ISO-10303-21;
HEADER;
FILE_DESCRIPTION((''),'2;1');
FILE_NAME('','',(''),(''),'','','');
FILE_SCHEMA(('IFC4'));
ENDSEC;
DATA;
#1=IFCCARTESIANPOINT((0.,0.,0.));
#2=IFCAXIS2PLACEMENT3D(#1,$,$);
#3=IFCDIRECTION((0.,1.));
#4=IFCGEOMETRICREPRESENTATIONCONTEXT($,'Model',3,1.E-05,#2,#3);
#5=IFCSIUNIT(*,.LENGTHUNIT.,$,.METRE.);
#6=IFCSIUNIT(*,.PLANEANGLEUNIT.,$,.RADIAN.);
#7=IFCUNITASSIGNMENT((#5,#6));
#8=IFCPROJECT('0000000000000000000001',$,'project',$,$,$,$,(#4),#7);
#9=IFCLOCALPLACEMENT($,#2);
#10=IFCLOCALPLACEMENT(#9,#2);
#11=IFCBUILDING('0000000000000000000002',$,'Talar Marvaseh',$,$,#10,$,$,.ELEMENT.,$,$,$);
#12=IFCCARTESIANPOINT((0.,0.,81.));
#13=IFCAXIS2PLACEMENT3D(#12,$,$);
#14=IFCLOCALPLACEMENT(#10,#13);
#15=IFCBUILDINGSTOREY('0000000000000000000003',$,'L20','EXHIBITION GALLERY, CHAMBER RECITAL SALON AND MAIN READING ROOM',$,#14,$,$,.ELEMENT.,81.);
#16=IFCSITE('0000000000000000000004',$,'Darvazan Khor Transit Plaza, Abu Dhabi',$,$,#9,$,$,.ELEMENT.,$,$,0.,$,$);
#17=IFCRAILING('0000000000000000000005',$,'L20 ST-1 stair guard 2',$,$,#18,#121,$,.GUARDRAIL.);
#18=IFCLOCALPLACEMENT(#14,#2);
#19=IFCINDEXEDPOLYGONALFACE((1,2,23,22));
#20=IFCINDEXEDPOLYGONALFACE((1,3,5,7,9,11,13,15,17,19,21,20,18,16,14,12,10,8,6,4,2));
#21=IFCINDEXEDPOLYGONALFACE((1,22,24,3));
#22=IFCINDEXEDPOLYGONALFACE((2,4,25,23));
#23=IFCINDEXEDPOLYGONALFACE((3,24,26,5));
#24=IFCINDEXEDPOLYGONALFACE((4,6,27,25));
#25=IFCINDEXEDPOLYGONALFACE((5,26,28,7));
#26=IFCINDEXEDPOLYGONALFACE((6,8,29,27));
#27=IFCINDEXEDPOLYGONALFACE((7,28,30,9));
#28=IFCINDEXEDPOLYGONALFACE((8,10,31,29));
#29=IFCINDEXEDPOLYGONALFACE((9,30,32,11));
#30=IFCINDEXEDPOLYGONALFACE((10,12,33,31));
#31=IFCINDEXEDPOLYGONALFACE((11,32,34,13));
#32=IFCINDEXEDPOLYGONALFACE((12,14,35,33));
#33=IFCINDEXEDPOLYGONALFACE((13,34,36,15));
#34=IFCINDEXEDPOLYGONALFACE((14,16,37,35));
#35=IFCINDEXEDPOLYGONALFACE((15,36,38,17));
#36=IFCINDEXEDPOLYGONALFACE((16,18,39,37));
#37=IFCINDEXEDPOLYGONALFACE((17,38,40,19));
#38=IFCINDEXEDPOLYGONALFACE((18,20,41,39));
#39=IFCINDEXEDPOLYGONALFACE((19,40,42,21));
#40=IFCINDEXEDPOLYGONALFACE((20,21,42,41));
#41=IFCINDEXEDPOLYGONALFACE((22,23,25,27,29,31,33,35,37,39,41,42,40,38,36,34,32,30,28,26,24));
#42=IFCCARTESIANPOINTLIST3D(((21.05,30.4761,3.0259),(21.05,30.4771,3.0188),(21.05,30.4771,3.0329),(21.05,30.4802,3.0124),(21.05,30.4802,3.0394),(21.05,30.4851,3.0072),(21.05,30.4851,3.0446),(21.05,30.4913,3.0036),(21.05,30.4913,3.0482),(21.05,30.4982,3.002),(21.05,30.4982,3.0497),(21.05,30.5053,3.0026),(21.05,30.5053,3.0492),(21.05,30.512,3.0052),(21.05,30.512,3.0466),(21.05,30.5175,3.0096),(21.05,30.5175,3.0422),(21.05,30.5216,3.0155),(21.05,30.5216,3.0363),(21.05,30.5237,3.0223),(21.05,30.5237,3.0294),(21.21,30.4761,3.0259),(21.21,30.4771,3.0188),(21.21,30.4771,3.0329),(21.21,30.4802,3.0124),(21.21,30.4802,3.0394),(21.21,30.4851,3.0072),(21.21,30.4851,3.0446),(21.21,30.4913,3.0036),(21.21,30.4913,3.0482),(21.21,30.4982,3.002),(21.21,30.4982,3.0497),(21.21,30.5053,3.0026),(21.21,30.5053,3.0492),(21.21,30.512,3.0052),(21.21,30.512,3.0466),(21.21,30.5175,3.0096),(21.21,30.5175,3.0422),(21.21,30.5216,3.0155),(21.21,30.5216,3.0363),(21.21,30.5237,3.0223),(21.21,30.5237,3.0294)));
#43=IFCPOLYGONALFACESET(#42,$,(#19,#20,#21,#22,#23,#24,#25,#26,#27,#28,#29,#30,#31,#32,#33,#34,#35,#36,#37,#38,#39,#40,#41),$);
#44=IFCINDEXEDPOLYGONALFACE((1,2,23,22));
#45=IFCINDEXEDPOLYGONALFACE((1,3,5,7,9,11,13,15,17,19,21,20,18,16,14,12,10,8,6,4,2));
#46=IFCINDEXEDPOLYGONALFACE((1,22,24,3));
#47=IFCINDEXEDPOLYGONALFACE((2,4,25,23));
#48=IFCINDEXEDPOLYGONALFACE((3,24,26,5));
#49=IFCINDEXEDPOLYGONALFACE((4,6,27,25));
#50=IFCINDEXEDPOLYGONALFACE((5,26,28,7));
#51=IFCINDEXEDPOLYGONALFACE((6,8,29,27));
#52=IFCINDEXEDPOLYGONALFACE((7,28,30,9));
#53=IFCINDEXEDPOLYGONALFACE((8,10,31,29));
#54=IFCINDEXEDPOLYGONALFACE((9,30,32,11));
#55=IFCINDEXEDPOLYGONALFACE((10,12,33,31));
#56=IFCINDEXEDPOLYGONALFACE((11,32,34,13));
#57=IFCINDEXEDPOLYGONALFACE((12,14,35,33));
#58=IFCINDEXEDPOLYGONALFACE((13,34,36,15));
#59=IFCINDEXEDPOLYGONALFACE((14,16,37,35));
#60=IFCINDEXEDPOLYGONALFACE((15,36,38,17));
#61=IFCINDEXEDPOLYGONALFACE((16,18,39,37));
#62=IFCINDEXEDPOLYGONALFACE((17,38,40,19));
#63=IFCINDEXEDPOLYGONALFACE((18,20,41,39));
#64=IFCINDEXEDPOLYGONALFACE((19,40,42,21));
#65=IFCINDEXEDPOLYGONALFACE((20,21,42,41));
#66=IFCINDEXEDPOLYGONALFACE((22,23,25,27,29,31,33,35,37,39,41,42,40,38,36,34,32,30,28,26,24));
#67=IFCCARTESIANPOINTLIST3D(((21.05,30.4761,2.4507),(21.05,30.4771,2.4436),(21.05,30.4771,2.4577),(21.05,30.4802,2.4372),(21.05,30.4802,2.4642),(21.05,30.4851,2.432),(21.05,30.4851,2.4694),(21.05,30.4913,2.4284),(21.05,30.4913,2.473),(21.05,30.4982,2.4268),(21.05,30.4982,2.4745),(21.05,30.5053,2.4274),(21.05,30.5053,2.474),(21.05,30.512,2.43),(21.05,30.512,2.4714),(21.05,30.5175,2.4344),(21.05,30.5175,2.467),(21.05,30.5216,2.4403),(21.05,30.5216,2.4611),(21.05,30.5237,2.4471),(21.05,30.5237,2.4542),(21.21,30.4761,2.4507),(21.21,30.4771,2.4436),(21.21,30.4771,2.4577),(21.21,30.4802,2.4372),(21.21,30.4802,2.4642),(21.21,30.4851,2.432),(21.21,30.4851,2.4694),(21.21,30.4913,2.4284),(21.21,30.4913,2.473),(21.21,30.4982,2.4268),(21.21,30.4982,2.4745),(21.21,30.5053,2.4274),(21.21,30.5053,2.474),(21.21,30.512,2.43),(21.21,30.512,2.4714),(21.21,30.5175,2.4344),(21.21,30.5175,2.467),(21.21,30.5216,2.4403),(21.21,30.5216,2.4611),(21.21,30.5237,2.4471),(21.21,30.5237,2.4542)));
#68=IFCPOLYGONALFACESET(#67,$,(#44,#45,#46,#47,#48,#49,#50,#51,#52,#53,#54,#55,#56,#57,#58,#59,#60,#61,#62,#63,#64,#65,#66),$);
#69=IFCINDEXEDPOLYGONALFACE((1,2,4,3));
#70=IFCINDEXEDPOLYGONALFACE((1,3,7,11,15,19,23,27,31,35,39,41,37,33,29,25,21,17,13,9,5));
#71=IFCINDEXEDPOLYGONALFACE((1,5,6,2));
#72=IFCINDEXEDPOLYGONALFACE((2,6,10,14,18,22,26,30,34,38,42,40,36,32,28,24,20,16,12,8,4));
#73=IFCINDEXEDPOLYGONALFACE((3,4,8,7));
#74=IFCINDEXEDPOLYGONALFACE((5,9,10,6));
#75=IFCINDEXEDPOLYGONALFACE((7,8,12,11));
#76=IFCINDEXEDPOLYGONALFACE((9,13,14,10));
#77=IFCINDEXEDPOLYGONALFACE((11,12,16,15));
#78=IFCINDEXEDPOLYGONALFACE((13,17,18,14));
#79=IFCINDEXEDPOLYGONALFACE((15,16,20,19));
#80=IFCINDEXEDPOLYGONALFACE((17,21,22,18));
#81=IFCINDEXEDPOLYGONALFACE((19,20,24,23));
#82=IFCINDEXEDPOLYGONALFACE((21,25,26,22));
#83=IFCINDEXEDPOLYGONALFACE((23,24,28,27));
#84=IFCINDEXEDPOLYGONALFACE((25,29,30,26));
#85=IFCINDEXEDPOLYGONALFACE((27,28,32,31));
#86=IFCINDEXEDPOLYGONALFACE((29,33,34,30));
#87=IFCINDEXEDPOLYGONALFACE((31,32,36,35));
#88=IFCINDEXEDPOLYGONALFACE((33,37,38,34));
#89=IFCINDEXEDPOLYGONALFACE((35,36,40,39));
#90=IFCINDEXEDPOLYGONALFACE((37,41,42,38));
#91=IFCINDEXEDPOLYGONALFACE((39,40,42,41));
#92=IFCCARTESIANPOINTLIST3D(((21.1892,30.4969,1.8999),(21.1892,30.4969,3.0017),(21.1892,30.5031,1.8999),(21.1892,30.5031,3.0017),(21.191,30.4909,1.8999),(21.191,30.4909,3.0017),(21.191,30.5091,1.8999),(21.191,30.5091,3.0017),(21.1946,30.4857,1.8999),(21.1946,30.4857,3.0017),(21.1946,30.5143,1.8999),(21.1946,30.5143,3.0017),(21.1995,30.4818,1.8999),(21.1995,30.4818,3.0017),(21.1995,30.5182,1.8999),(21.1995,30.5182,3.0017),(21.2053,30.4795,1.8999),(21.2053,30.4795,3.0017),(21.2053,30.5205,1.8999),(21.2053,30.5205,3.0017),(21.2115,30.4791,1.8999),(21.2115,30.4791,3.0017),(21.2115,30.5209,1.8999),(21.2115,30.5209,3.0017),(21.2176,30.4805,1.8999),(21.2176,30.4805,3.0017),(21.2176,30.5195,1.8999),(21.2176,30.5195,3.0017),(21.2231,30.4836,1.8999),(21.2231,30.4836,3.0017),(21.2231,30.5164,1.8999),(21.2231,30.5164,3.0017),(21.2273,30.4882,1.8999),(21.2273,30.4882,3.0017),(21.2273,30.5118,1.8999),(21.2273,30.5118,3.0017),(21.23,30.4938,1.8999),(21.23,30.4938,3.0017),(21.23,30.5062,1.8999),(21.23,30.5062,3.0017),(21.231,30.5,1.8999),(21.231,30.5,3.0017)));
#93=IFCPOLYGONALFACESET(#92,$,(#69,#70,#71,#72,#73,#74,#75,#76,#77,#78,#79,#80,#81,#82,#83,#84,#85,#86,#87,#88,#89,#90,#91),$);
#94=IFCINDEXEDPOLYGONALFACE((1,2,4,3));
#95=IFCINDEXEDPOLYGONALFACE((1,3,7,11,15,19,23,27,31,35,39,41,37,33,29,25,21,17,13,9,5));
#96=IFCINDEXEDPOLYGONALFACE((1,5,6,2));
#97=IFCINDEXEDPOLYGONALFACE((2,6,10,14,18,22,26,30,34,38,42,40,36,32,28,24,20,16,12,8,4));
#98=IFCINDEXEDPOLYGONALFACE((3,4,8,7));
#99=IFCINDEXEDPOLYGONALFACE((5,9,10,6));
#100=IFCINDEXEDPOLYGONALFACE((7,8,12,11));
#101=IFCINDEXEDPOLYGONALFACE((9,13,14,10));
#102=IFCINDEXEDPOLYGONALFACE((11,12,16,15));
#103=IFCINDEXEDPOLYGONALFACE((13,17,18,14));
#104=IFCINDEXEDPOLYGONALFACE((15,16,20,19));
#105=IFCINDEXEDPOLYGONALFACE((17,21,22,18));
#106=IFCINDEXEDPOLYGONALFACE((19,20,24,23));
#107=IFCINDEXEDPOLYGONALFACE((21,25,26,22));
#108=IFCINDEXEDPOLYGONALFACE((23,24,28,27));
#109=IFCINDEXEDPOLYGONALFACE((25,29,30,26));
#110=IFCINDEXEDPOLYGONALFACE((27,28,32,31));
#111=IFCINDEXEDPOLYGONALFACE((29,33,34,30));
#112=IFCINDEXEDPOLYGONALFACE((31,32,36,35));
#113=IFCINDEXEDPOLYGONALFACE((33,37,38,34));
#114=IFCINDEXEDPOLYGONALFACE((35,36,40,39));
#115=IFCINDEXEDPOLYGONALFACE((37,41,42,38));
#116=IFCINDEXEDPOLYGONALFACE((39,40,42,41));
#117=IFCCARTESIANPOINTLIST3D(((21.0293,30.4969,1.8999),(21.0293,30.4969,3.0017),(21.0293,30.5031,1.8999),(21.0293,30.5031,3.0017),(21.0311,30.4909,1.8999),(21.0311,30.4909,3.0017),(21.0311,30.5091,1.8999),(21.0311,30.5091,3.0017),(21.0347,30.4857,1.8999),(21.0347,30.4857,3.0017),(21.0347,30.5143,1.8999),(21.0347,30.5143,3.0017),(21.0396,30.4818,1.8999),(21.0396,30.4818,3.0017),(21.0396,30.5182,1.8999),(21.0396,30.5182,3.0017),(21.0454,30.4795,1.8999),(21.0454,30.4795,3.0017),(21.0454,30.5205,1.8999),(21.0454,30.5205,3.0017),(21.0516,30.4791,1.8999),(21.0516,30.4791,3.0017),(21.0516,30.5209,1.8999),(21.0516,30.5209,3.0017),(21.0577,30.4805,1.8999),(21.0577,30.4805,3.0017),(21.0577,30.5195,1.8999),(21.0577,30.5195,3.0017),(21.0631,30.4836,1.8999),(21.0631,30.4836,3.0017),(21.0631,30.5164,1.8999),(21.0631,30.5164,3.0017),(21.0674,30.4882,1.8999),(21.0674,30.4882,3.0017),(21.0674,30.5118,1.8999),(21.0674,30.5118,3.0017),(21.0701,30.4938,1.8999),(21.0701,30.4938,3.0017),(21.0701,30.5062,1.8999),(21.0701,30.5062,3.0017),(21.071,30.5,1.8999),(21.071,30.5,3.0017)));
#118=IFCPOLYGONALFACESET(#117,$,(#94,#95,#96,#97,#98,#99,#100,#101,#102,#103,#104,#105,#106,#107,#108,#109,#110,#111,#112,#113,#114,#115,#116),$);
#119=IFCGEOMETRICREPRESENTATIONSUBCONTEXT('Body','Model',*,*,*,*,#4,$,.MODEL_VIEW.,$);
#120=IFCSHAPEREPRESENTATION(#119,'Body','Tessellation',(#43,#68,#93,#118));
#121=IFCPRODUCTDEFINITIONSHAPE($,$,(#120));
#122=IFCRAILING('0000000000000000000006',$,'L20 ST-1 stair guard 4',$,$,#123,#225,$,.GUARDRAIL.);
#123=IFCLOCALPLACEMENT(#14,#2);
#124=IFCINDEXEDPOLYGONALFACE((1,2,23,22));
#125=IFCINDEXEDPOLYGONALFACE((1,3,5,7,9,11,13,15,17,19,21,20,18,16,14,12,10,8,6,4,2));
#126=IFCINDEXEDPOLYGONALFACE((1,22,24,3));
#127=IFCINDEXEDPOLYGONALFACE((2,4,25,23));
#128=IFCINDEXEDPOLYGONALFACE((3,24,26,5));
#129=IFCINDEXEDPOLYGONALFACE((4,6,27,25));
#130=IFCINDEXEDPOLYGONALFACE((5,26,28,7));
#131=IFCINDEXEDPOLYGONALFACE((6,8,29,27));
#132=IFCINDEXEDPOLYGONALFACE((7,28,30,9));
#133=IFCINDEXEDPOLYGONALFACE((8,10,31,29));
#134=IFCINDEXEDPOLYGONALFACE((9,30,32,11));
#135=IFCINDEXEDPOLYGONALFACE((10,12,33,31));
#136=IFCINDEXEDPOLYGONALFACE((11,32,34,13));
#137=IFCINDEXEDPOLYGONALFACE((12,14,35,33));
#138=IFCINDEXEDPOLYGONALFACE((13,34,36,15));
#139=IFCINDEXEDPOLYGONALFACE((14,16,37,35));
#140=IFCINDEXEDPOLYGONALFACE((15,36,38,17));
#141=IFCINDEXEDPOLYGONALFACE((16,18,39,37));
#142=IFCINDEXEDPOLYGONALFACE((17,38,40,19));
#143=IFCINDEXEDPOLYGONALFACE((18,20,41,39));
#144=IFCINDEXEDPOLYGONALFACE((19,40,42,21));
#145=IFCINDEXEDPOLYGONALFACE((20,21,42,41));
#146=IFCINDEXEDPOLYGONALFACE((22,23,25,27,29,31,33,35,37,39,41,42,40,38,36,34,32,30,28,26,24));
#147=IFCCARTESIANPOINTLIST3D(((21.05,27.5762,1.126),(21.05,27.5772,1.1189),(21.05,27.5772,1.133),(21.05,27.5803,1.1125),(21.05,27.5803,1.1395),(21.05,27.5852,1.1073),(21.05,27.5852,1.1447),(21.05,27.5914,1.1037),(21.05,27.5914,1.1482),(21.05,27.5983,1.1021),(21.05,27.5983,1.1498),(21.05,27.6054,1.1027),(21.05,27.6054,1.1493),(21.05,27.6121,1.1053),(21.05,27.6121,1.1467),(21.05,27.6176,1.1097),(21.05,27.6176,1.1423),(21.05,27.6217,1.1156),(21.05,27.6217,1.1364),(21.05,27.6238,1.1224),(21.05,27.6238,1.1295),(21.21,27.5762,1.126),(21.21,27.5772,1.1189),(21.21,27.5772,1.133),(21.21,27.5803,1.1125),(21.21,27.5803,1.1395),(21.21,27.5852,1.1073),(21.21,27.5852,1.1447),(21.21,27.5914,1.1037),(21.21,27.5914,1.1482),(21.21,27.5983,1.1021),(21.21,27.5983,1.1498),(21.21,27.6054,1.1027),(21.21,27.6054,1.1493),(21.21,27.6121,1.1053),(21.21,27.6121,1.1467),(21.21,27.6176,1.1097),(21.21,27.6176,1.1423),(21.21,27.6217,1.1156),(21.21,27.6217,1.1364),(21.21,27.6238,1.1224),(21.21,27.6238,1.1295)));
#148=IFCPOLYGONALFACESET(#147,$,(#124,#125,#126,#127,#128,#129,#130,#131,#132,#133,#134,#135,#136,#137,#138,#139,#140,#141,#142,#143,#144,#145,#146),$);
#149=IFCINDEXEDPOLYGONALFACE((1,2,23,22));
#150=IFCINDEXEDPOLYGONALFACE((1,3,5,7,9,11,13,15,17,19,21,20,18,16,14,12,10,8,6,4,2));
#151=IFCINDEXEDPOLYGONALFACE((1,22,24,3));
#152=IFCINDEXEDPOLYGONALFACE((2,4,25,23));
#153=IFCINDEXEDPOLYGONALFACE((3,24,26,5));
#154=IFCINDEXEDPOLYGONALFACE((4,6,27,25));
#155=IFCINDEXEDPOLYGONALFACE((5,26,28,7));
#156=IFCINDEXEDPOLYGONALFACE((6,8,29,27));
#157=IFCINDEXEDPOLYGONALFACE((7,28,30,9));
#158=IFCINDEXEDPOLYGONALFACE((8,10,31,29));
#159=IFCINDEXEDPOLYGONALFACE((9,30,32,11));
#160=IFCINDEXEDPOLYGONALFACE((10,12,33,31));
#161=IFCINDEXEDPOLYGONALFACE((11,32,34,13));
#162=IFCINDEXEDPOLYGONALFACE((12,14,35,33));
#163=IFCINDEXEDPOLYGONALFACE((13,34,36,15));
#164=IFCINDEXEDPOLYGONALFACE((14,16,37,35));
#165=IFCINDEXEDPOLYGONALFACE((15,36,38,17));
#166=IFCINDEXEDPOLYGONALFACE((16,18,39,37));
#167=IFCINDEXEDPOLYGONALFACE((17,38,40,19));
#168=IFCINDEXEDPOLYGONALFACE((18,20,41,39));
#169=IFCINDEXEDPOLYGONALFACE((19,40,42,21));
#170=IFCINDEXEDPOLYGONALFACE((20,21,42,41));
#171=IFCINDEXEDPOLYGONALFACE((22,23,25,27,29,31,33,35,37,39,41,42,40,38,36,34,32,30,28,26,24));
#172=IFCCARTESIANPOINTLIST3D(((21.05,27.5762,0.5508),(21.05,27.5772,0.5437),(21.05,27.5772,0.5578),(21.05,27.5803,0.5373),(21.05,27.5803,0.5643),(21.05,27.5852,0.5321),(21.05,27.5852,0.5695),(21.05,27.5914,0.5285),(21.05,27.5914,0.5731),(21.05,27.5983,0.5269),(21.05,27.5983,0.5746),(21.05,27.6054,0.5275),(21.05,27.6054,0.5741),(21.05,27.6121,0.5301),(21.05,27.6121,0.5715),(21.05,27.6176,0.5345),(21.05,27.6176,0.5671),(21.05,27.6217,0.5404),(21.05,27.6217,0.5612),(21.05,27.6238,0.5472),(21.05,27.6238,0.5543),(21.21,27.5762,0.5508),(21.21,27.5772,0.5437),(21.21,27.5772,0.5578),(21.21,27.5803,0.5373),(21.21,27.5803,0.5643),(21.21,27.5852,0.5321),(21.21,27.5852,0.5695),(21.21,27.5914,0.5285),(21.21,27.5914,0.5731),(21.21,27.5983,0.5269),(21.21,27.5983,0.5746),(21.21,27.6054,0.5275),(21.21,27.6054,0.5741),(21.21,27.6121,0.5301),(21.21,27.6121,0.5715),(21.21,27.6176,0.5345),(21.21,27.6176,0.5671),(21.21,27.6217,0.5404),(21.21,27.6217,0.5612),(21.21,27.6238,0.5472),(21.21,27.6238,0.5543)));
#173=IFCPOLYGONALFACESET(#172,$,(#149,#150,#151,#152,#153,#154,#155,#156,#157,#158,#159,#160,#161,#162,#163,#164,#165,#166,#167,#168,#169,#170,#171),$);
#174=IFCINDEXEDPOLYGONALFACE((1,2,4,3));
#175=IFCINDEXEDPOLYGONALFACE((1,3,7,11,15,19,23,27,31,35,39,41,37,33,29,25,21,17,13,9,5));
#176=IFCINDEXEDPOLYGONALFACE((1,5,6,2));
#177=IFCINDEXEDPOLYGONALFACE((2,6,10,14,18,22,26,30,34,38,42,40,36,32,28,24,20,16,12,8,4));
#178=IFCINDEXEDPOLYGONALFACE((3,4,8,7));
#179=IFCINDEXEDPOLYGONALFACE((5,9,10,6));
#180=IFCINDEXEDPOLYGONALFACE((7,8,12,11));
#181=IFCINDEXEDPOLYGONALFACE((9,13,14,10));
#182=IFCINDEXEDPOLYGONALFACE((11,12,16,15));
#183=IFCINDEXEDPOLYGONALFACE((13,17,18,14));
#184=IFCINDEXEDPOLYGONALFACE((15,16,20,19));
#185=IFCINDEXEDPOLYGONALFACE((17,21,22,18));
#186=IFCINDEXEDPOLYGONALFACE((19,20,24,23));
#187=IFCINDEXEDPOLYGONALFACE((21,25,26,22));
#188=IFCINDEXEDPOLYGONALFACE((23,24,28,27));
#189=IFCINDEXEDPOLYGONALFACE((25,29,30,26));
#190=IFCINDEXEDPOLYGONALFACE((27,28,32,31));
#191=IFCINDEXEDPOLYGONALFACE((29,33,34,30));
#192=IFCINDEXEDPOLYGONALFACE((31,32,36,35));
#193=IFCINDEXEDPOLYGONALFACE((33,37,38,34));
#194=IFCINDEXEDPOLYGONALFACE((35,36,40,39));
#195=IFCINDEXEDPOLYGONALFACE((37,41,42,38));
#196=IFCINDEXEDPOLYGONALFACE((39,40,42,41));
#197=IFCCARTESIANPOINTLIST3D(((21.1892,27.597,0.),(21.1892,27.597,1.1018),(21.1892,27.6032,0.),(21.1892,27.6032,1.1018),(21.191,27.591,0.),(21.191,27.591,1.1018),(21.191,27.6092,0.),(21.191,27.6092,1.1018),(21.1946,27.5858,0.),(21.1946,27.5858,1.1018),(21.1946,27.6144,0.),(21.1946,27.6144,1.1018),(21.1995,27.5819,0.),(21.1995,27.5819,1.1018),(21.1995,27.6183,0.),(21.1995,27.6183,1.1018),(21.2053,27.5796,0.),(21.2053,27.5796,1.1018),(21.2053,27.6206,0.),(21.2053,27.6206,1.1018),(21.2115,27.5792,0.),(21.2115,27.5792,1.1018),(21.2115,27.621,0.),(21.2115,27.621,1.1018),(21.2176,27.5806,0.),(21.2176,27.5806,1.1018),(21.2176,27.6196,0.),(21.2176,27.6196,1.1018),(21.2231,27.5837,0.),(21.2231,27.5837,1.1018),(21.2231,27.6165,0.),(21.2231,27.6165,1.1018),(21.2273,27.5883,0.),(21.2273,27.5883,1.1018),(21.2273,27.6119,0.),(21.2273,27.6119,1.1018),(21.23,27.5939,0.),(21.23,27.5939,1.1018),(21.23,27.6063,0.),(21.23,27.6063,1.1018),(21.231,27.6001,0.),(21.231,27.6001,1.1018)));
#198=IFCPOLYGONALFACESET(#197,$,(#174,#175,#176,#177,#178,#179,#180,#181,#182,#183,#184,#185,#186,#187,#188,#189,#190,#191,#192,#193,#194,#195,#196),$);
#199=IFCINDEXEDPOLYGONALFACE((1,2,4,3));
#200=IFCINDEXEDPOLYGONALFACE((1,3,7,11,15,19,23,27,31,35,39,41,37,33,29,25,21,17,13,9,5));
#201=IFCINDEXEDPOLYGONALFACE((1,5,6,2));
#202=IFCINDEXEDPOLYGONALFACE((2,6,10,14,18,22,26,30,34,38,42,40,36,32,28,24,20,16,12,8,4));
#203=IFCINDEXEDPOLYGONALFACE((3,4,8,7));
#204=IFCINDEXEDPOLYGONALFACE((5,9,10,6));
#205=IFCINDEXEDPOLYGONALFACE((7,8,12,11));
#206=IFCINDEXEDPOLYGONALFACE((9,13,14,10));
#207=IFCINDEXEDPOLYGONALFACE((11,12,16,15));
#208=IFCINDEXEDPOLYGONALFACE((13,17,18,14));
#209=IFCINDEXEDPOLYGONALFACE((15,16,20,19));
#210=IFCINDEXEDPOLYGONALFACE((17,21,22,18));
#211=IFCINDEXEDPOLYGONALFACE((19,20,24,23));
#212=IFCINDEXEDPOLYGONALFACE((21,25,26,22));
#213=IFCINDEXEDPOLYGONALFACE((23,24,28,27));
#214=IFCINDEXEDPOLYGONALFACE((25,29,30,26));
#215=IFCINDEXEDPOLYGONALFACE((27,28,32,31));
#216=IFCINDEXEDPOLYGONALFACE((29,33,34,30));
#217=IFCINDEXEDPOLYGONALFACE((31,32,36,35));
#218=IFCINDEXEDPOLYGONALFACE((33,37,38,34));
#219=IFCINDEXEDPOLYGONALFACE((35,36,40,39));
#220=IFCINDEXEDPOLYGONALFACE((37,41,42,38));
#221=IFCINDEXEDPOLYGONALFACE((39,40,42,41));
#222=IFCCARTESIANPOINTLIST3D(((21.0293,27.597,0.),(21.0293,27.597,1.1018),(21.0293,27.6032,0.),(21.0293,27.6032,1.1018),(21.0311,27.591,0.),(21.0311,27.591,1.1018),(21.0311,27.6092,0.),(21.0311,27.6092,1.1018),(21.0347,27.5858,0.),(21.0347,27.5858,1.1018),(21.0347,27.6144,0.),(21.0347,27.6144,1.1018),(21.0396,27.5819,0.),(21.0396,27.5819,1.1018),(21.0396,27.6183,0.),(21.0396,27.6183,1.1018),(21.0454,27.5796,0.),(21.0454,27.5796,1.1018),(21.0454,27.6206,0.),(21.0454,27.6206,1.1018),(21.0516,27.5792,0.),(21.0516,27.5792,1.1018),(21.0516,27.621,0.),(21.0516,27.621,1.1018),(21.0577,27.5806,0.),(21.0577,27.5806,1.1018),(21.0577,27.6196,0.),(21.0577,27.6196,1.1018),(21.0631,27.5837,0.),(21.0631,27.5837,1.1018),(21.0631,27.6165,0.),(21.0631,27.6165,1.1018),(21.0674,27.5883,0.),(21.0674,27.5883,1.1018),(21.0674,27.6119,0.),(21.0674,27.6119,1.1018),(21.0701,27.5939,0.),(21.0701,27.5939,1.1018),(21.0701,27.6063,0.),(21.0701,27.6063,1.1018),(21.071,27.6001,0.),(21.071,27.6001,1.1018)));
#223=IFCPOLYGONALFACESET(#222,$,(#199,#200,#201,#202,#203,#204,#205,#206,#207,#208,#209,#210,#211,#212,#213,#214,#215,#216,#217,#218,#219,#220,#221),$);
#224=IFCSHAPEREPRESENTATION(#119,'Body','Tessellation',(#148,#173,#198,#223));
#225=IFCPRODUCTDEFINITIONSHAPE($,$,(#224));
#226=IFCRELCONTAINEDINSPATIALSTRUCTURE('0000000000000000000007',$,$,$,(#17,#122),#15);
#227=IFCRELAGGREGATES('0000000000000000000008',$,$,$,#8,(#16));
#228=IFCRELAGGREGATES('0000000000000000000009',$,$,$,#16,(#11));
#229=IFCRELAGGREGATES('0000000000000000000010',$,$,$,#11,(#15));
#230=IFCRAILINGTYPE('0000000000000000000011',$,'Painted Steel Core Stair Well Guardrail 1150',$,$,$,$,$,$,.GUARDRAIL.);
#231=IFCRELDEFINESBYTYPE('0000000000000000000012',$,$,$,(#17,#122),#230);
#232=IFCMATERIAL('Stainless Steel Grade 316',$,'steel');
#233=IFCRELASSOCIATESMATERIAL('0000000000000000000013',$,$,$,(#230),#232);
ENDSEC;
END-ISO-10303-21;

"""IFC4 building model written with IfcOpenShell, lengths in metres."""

from ifc_helpers import new_model, si_unit, direction, frame, origin, origin_2d, place, context, subcontext, project, spatial, circle, extrude, material, type_object, element, save


model = new_model("IFC4")

# Units and contexts
model_context = context("Model", 3, precision=1e-05, world=origin(), true_north=direction((0.0, 1.0)))
body_context = subcontext(model_context, "Body", "Model", "MODEL_VIEW")
ifc_project = project(units=[si_unit("LENGTHUNIT", "METRE"), si_unit("PLANEANGLEUNIT", "RADIAN")], contexts=[model_context])

# Site, building, storey
site_placement = place(None, origin())
site = spatial("IfcSite", under=ifc_project, at=site_placement, Name="Darvazan Khor Transit Plaza, Abu Dhabi", CompositionType="ELEMENT", RefElevation=0.0)
building_placement = place(site_placement, origin())
building = spatial("IfcBuilding", under=site, at=building_placement, Name="Talar Marvaseh", CompositionType="ELEMENT")
storey_placement = place(building_placement, frame((0.0, 0.0, 81.0)))
storey = spatial("IfcBuildingStorey", under=building, at=storey_placement, Name="L20", Description="EXHIBITION GALLERY, CHAMBER RECITAL SALON AND MAIN READING ROOM", CompositionType="ELEMENT", Elevation=81.0)

# Railings
ifc_material_1 = material(Name="Stainless Steel Grade 316", Category="steel")
railing_type_1 = type_object("IfcRailingType", Name="Painted Steel Core Stair Well Guardrail 1150", PredefinedType="GUARDRAIL", material=ifc_material_1)
for number, where, name in (
    (1, (21.21, 30.5, 1.8999), "L20 ST-1 stair guard 2"),
    (2, (21.21, 27.6001, 0.0), "L20 ST-1 stair guard 4"),
):
    element("IfcRailing", number, at=place(storey_placement, frame(where)), inside=storey, type_object=railing_type_1, Name=name, PredefinedType="GUARDRAIL", context=body_context, shape_type="SweptSolid", body=[
        extrude(circle(Radius=0.0239, at=origin_2d()), frame((0.0, 0.0, 1.126), z_axis=(-1.0, 0.0, 0.0), x_axis=(0.0, -1.0, 0.0)), (0.0, 0.0, 1.0), 0.1599),
        extrude(circle(Radius=0.0239, at=origin_2d()), frame((0.0, 0.0, 0.5508), z_axis=(-1.0, 0.0, 0.0), x_axis=(0.0, -1.0, 0.0)), (0.0, 0.0, 1.0), 0.1599),
        extrude(circle(Radius=0.021, at=origin_2d()), origin(), (0.0, 0.0, 1.0), 1.1018),
        extrude(circle(Radius=0.021, at=origin_2d()), frame((-0.1599, 0.0, 0.0)), (0.0, 0.0, 1.0), 1.1018),
    ])

save(model, "model.ifc")
